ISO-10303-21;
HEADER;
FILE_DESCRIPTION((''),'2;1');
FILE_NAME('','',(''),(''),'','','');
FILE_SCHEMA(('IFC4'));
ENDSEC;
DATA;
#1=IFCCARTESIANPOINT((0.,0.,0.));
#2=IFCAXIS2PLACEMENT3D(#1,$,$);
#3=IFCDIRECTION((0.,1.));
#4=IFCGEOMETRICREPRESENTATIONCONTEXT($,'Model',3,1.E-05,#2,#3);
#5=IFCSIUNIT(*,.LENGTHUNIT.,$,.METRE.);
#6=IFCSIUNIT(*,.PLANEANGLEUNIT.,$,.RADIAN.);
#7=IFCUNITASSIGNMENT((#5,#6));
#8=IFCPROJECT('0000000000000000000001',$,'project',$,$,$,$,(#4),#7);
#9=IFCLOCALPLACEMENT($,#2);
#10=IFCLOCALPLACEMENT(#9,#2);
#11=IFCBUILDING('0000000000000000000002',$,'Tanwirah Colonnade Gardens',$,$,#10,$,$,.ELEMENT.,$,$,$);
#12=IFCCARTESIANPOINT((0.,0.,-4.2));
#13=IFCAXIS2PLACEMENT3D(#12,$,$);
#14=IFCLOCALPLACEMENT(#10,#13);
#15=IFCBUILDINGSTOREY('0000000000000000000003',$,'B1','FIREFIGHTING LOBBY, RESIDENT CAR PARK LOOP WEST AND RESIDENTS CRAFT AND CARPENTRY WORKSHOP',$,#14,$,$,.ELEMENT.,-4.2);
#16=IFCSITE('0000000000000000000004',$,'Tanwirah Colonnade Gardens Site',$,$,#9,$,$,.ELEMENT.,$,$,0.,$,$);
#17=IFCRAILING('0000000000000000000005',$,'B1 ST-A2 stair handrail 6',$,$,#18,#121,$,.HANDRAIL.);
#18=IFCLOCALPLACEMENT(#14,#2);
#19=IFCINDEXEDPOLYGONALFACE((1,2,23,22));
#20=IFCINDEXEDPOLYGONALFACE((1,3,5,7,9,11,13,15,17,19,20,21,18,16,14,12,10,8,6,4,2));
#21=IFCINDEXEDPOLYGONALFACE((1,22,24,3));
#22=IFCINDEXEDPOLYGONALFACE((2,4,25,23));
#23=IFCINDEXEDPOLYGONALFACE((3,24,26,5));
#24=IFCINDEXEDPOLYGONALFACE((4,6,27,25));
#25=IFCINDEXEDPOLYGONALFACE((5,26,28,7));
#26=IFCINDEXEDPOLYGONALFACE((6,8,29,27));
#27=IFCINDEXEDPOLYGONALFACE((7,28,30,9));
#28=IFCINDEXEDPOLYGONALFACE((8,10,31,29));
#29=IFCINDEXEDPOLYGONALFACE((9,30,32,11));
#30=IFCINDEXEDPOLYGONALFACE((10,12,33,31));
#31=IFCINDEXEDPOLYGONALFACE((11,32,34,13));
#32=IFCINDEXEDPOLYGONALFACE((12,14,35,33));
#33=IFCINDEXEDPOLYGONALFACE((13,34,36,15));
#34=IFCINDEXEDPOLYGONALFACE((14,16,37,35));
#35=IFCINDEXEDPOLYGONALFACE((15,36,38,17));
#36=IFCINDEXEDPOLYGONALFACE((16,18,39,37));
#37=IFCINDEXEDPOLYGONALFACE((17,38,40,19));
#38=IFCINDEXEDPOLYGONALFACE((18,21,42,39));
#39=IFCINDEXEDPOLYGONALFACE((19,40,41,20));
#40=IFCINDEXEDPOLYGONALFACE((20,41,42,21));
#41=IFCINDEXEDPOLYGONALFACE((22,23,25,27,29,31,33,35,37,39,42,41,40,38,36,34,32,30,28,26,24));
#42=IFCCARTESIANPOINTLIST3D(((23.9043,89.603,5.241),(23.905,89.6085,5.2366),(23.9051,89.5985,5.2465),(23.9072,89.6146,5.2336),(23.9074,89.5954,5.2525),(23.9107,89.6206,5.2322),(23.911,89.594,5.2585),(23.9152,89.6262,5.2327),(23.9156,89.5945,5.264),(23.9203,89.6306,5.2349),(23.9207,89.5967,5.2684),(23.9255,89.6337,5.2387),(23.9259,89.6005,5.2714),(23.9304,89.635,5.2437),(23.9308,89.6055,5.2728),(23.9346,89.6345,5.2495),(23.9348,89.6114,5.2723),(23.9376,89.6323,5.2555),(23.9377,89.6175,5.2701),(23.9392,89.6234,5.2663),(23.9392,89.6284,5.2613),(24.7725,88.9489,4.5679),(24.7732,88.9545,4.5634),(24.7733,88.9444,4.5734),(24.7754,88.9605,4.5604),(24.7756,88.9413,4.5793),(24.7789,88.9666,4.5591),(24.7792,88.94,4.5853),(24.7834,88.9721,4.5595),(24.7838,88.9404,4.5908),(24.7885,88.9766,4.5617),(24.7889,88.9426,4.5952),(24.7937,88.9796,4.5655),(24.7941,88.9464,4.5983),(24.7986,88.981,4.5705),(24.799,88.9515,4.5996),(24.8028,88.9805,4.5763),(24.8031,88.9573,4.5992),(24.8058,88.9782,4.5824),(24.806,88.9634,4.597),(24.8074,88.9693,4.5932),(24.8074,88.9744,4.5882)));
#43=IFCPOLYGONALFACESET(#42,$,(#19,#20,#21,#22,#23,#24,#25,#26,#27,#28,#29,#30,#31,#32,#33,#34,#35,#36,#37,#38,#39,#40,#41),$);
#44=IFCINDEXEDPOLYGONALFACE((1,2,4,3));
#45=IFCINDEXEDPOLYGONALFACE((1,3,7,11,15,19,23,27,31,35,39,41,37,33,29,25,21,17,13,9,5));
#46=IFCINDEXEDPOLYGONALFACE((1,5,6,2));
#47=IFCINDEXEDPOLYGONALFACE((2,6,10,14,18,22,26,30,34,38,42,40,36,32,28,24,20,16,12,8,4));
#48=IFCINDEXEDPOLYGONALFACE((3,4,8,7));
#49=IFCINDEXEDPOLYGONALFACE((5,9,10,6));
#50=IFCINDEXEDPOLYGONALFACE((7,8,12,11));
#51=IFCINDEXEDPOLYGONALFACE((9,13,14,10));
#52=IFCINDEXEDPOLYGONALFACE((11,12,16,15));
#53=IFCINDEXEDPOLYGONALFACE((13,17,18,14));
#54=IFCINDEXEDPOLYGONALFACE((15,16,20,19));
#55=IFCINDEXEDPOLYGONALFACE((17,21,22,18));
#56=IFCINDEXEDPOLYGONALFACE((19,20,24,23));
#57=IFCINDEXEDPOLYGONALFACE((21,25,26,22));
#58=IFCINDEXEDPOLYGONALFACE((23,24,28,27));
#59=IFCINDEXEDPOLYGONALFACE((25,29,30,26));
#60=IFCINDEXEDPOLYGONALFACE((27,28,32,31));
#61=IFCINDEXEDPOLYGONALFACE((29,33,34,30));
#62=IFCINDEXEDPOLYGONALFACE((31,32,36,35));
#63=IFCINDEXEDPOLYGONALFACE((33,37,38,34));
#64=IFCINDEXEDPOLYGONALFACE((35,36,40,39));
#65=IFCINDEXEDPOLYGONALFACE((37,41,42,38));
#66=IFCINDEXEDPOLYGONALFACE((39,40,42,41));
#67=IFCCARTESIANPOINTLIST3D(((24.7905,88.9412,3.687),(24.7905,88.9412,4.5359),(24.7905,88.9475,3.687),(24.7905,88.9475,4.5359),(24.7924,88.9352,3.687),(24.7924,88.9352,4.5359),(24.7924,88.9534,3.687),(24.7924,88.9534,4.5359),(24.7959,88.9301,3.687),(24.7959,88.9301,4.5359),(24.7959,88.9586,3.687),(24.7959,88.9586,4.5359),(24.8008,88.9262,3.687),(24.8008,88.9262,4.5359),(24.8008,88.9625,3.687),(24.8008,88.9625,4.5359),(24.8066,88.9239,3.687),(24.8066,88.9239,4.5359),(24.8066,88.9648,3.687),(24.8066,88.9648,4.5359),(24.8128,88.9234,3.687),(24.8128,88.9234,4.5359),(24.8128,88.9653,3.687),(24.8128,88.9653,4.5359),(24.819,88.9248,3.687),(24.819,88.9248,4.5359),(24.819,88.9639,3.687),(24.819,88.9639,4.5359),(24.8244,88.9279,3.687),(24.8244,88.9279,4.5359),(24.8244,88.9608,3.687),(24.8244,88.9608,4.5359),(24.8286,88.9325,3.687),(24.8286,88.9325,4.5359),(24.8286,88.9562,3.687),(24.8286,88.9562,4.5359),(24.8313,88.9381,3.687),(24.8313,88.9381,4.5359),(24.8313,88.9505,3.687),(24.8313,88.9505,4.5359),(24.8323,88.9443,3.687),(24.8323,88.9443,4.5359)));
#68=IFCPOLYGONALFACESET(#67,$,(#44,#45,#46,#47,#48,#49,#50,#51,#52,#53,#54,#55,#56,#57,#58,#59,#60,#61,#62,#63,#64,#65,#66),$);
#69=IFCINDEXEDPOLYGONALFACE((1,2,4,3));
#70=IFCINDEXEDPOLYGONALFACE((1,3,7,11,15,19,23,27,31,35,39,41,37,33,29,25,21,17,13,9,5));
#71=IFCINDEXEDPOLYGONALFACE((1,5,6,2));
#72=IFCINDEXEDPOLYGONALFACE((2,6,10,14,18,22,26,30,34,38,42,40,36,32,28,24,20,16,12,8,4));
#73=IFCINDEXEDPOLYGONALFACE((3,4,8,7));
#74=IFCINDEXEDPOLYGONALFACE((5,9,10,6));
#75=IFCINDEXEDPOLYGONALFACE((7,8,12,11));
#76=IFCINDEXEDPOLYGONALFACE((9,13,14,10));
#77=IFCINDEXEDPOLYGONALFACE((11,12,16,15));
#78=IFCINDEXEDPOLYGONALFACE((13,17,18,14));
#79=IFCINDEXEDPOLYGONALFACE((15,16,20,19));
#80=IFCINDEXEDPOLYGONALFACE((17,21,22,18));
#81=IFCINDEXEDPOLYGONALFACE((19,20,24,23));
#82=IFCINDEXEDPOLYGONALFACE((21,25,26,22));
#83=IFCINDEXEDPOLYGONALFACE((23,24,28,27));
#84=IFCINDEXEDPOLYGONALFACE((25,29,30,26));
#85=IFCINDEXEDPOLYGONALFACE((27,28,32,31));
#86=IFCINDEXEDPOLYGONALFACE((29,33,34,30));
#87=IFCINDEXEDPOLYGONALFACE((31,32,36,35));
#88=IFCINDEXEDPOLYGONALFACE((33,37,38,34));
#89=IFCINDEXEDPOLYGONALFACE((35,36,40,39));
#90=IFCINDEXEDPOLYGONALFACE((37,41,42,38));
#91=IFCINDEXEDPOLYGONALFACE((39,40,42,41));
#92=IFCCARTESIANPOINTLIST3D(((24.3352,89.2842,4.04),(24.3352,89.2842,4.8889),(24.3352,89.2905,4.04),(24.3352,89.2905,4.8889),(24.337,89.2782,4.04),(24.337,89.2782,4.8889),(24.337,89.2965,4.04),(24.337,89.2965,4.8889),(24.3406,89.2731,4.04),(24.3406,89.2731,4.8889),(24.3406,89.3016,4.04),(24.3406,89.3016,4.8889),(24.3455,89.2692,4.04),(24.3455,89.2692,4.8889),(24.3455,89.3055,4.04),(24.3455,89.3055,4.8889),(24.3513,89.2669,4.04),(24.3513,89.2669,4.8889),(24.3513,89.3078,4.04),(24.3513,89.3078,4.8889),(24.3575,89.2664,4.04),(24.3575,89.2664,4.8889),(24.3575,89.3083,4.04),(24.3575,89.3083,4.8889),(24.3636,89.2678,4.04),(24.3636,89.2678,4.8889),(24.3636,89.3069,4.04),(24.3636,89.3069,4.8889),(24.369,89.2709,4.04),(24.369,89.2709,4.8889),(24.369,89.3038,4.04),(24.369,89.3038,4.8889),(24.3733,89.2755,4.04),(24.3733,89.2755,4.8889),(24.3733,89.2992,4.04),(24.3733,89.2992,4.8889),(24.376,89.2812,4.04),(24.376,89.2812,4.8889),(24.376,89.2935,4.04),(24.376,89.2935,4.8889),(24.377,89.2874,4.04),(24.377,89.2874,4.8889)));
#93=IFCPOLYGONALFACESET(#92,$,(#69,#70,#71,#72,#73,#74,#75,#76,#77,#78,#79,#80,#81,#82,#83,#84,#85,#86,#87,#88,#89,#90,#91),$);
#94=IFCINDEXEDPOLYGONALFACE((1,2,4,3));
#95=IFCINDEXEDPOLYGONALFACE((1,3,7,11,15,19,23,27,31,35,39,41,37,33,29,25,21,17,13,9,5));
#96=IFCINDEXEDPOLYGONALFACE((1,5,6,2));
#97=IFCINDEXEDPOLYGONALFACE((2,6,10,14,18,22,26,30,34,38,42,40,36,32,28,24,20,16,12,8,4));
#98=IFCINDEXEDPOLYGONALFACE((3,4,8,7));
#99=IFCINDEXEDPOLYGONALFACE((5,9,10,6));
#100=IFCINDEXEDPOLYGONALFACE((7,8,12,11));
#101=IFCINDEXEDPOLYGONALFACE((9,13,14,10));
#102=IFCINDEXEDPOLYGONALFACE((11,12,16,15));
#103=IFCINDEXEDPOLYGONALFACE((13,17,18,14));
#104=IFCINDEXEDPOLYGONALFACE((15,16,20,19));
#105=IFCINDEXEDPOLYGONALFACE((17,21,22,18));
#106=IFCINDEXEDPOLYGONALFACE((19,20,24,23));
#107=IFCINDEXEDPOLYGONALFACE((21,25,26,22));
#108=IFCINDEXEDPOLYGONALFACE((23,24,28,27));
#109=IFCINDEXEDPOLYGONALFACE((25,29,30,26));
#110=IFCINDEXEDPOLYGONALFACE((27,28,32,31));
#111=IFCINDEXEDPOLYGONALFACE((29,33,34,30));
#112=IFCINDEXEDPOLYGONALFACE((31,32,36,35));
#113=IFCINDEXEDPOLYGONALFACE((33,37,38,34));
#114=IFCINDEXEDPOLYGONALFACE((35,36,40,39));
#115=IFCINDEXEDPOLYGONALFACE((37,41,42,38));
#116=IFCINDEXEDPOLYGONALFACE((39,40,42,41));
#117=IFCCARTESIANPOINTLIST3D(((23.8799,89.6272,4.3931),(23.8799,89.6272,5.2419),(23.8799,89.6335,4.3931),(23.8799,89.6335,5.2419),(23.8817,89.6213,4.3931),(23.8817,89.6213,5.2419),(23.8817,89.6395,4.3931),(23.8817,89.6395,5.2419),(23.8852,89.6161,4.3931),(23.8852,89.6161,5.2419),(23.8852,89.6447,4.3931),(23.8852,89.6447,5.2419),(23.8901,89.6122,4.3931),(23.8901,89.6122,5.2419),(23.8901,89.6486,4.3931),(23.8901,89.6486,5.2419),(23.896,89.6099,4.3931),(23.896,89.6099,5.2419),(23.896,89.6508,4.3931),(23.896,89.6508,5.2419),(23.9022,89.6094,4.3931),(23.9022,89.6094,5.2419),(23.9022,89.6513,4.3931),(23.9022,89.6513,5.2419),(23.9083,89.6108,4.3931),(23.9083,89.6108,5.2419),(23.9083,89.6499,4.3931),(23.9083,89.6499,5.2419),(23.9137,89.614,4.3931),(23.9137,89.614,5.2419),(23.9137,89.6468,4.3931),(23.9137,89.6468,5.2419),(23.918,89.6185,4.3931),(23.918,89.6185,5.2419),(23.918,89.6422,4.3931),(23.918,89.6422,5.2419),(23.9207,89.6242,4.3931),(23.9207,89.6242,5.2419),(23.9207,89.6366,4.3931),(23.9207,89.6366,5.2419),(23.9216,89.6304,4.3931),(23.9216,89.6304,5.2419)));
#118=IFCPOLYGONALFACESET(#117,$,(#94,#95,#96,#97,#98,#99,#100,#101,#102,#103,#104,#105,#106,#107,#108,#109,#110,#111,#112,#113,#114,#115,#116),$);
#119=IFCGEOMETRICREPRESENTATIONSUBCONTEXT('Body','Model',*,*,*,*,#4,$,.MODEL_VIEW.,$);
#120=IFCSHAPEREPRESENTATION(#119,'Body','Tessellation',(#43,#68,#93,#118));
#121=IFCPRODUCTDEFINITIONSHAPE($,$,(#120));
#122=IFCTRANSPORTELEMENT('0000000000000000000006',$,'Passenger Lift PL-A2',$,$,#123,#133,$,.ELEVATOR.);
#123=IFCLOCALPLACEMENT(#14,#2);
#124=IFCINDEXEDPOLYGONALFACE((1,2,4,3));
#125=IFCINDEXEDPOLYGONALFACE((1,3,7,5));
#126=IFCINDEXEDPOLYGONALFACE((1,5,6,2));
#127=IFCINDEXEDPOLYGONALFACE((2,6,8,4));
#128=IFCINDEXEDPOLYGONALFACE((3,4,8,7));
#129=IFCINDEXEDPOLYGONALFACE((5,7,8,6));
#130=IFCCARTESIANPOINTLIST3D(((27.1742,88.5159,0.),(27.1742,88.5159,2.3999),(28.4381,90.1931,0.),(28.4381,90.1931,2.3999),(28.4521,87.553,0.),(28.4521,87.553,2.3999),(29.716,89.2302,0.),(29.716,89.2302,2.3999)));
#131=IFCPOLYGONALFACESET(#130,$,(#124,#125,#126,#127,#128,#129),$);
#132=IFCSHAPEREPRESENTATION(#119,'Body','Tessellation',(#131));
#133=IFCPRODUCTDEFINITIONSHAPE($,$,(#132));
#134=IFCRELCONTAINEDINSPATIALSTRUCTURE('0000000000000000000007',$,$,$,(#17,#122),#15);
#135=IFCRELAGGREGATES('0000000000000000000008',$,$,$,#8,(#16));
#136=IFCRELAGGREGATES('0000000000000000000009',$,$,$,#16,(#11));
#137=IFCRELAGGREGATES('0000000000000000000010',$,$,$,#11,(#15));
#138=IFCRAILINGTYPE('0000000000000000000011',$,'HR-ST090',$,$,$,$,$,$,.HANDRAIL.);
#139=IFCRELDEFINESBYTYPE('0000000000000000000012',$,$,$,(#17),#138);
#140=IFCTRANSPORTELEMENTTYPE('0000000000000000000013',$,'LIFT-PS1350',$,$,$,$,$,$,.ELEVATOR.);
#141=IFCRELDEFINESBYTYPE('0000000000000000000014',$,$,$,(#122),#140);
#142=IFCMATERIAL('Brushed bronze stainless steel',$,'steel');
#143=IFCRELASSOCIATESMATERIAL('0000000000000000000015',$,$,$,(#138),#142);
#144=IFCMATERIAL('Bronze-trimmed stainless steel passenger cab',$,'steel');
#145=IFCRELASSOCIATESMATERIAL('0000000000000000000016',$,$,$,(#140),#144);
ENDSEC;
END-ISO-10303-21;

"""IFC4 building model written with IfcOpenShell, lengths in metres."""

from ifc_helpers import new_model, si_unit, direction, frame, origin, origin_2d, place, context, subcontext, project, spatial, rectangle, circle, extrude, material, type_object, element, save


model = new_model("IFC4")

# Units and contexts
model_context = context("Model", 3, precision=1e-05, world=origin(), true_north=direction((0.0, 1.0)))
body_context = subcontext(model_context, "Body", "Model", "MODEL_VIEW")
ifc_project = project(units=[si_unit("LENGTHUNIT", "METRE"), si_unit("PLANEANGLEUNIT", "RADIAN")], contexts=[model_context])

# Site, building, storey
site_placement = place(None, origin())
site = spatial("IfcSite", under=ifc_project, at=site_placement, Name="Tanwirah Colonnade Gardens Site", CompositionType="ELEMENT", RefElevation=0.0)
building_placement = place(site_placement, origin())
building = spatial("IfcBuilding", under=site, at=building_placement, Name="Tanwirah Colonnade Gardens", CompositionType="ELEMENT")
storey_placement = place(building_placement, frame((0.0, 0.0, -4.2)))
storey = spatial("IfcBuildingStorey", under=building, at=storey_placement, Name="B1", Description="FIREFIGHTING LOBBY, RESIDENT CAR PARK LOOP WEST AND RESIDENTS CRAFT AND CARPENTRY WORKSHOP", CompositionType="ELEMENT", Elevation=-4.2)

# Railing
ifc_material_1 = material(Name="Brushed bronze stainless steel", Category="steel")
railing_type_1 = type_object("IfcRailingType", Name="HR-ST090", PredefinedType="HANDRAIL", material=ifc_material_1)
railing_1_placement = place(storey_placement, frame((24.8113, 88.9443, 3.687)))
element("IfcRailing", 1, at=railing_1_placement, inside=storey, type_object=railing_type_1, Name="B1 ST-A2 stair handrail 6", PredefinedType="HANDRAIL", context=body_context, shape_type="SweptSolid", body=[
    extrude(circle(Radius=0.0239, at=origin_2d()), frame((-0.0212, 0.0161, 0.8923), z_axis=(-0.67905, 0.511563, 0.526492), x_axis=(-0.601712, -0.798713, 0.0)), (0.0, 0.0, 1.0), 1.2786),
    extrude(circle(Radius=0.021, at=origin_2d()), origin(), (0.0, 0.0, 1.0), 0.8489),
    extrude(circle(Radius=0.021, at=origin_2d()), frame((-0.4553, 0.343, 0.353)), (0.0, 0.0, 1.0), 0.8489),
    extrude(circle(Radius=0.021, at=origin_2d()), frame((-0.9106, 0.686, 0.7061)), (0.0, 0.0, 1.0), 0.8489),
])

# Transport element
ifc_material_2 = material(Name="Bronze-trimmed stainless steel passenger cab", Category="steel")
transport_element_type = type_object("IfcTransportElementType", Name="LIFT-PS1350", PredefinedType="ELEVATOR", material=ifc_material_2)
transport_element_placement = place(storey_placement, frame((28.4451, 88.873, 0.0), z_axis=(0.0, 0.0, 1.0), x_axis=(0.798636, -0.601815, 0.0)))
element("IfcTransportElement", 2, at=transport_element_placement, inside=storey, type_object=transport_element_type, Name="Passenger Lift PL-A2", PredefinedType="ELEVATOR", context=body_context, shape_type="SweptSolid", body=[
    extrude(rectangle(XDim=1.6001, YDim=2.1001, at=origin_2d()), origin(), (0.0, 0.0, 1.0), 2.3999),
])

save(model, "model.ifc")
